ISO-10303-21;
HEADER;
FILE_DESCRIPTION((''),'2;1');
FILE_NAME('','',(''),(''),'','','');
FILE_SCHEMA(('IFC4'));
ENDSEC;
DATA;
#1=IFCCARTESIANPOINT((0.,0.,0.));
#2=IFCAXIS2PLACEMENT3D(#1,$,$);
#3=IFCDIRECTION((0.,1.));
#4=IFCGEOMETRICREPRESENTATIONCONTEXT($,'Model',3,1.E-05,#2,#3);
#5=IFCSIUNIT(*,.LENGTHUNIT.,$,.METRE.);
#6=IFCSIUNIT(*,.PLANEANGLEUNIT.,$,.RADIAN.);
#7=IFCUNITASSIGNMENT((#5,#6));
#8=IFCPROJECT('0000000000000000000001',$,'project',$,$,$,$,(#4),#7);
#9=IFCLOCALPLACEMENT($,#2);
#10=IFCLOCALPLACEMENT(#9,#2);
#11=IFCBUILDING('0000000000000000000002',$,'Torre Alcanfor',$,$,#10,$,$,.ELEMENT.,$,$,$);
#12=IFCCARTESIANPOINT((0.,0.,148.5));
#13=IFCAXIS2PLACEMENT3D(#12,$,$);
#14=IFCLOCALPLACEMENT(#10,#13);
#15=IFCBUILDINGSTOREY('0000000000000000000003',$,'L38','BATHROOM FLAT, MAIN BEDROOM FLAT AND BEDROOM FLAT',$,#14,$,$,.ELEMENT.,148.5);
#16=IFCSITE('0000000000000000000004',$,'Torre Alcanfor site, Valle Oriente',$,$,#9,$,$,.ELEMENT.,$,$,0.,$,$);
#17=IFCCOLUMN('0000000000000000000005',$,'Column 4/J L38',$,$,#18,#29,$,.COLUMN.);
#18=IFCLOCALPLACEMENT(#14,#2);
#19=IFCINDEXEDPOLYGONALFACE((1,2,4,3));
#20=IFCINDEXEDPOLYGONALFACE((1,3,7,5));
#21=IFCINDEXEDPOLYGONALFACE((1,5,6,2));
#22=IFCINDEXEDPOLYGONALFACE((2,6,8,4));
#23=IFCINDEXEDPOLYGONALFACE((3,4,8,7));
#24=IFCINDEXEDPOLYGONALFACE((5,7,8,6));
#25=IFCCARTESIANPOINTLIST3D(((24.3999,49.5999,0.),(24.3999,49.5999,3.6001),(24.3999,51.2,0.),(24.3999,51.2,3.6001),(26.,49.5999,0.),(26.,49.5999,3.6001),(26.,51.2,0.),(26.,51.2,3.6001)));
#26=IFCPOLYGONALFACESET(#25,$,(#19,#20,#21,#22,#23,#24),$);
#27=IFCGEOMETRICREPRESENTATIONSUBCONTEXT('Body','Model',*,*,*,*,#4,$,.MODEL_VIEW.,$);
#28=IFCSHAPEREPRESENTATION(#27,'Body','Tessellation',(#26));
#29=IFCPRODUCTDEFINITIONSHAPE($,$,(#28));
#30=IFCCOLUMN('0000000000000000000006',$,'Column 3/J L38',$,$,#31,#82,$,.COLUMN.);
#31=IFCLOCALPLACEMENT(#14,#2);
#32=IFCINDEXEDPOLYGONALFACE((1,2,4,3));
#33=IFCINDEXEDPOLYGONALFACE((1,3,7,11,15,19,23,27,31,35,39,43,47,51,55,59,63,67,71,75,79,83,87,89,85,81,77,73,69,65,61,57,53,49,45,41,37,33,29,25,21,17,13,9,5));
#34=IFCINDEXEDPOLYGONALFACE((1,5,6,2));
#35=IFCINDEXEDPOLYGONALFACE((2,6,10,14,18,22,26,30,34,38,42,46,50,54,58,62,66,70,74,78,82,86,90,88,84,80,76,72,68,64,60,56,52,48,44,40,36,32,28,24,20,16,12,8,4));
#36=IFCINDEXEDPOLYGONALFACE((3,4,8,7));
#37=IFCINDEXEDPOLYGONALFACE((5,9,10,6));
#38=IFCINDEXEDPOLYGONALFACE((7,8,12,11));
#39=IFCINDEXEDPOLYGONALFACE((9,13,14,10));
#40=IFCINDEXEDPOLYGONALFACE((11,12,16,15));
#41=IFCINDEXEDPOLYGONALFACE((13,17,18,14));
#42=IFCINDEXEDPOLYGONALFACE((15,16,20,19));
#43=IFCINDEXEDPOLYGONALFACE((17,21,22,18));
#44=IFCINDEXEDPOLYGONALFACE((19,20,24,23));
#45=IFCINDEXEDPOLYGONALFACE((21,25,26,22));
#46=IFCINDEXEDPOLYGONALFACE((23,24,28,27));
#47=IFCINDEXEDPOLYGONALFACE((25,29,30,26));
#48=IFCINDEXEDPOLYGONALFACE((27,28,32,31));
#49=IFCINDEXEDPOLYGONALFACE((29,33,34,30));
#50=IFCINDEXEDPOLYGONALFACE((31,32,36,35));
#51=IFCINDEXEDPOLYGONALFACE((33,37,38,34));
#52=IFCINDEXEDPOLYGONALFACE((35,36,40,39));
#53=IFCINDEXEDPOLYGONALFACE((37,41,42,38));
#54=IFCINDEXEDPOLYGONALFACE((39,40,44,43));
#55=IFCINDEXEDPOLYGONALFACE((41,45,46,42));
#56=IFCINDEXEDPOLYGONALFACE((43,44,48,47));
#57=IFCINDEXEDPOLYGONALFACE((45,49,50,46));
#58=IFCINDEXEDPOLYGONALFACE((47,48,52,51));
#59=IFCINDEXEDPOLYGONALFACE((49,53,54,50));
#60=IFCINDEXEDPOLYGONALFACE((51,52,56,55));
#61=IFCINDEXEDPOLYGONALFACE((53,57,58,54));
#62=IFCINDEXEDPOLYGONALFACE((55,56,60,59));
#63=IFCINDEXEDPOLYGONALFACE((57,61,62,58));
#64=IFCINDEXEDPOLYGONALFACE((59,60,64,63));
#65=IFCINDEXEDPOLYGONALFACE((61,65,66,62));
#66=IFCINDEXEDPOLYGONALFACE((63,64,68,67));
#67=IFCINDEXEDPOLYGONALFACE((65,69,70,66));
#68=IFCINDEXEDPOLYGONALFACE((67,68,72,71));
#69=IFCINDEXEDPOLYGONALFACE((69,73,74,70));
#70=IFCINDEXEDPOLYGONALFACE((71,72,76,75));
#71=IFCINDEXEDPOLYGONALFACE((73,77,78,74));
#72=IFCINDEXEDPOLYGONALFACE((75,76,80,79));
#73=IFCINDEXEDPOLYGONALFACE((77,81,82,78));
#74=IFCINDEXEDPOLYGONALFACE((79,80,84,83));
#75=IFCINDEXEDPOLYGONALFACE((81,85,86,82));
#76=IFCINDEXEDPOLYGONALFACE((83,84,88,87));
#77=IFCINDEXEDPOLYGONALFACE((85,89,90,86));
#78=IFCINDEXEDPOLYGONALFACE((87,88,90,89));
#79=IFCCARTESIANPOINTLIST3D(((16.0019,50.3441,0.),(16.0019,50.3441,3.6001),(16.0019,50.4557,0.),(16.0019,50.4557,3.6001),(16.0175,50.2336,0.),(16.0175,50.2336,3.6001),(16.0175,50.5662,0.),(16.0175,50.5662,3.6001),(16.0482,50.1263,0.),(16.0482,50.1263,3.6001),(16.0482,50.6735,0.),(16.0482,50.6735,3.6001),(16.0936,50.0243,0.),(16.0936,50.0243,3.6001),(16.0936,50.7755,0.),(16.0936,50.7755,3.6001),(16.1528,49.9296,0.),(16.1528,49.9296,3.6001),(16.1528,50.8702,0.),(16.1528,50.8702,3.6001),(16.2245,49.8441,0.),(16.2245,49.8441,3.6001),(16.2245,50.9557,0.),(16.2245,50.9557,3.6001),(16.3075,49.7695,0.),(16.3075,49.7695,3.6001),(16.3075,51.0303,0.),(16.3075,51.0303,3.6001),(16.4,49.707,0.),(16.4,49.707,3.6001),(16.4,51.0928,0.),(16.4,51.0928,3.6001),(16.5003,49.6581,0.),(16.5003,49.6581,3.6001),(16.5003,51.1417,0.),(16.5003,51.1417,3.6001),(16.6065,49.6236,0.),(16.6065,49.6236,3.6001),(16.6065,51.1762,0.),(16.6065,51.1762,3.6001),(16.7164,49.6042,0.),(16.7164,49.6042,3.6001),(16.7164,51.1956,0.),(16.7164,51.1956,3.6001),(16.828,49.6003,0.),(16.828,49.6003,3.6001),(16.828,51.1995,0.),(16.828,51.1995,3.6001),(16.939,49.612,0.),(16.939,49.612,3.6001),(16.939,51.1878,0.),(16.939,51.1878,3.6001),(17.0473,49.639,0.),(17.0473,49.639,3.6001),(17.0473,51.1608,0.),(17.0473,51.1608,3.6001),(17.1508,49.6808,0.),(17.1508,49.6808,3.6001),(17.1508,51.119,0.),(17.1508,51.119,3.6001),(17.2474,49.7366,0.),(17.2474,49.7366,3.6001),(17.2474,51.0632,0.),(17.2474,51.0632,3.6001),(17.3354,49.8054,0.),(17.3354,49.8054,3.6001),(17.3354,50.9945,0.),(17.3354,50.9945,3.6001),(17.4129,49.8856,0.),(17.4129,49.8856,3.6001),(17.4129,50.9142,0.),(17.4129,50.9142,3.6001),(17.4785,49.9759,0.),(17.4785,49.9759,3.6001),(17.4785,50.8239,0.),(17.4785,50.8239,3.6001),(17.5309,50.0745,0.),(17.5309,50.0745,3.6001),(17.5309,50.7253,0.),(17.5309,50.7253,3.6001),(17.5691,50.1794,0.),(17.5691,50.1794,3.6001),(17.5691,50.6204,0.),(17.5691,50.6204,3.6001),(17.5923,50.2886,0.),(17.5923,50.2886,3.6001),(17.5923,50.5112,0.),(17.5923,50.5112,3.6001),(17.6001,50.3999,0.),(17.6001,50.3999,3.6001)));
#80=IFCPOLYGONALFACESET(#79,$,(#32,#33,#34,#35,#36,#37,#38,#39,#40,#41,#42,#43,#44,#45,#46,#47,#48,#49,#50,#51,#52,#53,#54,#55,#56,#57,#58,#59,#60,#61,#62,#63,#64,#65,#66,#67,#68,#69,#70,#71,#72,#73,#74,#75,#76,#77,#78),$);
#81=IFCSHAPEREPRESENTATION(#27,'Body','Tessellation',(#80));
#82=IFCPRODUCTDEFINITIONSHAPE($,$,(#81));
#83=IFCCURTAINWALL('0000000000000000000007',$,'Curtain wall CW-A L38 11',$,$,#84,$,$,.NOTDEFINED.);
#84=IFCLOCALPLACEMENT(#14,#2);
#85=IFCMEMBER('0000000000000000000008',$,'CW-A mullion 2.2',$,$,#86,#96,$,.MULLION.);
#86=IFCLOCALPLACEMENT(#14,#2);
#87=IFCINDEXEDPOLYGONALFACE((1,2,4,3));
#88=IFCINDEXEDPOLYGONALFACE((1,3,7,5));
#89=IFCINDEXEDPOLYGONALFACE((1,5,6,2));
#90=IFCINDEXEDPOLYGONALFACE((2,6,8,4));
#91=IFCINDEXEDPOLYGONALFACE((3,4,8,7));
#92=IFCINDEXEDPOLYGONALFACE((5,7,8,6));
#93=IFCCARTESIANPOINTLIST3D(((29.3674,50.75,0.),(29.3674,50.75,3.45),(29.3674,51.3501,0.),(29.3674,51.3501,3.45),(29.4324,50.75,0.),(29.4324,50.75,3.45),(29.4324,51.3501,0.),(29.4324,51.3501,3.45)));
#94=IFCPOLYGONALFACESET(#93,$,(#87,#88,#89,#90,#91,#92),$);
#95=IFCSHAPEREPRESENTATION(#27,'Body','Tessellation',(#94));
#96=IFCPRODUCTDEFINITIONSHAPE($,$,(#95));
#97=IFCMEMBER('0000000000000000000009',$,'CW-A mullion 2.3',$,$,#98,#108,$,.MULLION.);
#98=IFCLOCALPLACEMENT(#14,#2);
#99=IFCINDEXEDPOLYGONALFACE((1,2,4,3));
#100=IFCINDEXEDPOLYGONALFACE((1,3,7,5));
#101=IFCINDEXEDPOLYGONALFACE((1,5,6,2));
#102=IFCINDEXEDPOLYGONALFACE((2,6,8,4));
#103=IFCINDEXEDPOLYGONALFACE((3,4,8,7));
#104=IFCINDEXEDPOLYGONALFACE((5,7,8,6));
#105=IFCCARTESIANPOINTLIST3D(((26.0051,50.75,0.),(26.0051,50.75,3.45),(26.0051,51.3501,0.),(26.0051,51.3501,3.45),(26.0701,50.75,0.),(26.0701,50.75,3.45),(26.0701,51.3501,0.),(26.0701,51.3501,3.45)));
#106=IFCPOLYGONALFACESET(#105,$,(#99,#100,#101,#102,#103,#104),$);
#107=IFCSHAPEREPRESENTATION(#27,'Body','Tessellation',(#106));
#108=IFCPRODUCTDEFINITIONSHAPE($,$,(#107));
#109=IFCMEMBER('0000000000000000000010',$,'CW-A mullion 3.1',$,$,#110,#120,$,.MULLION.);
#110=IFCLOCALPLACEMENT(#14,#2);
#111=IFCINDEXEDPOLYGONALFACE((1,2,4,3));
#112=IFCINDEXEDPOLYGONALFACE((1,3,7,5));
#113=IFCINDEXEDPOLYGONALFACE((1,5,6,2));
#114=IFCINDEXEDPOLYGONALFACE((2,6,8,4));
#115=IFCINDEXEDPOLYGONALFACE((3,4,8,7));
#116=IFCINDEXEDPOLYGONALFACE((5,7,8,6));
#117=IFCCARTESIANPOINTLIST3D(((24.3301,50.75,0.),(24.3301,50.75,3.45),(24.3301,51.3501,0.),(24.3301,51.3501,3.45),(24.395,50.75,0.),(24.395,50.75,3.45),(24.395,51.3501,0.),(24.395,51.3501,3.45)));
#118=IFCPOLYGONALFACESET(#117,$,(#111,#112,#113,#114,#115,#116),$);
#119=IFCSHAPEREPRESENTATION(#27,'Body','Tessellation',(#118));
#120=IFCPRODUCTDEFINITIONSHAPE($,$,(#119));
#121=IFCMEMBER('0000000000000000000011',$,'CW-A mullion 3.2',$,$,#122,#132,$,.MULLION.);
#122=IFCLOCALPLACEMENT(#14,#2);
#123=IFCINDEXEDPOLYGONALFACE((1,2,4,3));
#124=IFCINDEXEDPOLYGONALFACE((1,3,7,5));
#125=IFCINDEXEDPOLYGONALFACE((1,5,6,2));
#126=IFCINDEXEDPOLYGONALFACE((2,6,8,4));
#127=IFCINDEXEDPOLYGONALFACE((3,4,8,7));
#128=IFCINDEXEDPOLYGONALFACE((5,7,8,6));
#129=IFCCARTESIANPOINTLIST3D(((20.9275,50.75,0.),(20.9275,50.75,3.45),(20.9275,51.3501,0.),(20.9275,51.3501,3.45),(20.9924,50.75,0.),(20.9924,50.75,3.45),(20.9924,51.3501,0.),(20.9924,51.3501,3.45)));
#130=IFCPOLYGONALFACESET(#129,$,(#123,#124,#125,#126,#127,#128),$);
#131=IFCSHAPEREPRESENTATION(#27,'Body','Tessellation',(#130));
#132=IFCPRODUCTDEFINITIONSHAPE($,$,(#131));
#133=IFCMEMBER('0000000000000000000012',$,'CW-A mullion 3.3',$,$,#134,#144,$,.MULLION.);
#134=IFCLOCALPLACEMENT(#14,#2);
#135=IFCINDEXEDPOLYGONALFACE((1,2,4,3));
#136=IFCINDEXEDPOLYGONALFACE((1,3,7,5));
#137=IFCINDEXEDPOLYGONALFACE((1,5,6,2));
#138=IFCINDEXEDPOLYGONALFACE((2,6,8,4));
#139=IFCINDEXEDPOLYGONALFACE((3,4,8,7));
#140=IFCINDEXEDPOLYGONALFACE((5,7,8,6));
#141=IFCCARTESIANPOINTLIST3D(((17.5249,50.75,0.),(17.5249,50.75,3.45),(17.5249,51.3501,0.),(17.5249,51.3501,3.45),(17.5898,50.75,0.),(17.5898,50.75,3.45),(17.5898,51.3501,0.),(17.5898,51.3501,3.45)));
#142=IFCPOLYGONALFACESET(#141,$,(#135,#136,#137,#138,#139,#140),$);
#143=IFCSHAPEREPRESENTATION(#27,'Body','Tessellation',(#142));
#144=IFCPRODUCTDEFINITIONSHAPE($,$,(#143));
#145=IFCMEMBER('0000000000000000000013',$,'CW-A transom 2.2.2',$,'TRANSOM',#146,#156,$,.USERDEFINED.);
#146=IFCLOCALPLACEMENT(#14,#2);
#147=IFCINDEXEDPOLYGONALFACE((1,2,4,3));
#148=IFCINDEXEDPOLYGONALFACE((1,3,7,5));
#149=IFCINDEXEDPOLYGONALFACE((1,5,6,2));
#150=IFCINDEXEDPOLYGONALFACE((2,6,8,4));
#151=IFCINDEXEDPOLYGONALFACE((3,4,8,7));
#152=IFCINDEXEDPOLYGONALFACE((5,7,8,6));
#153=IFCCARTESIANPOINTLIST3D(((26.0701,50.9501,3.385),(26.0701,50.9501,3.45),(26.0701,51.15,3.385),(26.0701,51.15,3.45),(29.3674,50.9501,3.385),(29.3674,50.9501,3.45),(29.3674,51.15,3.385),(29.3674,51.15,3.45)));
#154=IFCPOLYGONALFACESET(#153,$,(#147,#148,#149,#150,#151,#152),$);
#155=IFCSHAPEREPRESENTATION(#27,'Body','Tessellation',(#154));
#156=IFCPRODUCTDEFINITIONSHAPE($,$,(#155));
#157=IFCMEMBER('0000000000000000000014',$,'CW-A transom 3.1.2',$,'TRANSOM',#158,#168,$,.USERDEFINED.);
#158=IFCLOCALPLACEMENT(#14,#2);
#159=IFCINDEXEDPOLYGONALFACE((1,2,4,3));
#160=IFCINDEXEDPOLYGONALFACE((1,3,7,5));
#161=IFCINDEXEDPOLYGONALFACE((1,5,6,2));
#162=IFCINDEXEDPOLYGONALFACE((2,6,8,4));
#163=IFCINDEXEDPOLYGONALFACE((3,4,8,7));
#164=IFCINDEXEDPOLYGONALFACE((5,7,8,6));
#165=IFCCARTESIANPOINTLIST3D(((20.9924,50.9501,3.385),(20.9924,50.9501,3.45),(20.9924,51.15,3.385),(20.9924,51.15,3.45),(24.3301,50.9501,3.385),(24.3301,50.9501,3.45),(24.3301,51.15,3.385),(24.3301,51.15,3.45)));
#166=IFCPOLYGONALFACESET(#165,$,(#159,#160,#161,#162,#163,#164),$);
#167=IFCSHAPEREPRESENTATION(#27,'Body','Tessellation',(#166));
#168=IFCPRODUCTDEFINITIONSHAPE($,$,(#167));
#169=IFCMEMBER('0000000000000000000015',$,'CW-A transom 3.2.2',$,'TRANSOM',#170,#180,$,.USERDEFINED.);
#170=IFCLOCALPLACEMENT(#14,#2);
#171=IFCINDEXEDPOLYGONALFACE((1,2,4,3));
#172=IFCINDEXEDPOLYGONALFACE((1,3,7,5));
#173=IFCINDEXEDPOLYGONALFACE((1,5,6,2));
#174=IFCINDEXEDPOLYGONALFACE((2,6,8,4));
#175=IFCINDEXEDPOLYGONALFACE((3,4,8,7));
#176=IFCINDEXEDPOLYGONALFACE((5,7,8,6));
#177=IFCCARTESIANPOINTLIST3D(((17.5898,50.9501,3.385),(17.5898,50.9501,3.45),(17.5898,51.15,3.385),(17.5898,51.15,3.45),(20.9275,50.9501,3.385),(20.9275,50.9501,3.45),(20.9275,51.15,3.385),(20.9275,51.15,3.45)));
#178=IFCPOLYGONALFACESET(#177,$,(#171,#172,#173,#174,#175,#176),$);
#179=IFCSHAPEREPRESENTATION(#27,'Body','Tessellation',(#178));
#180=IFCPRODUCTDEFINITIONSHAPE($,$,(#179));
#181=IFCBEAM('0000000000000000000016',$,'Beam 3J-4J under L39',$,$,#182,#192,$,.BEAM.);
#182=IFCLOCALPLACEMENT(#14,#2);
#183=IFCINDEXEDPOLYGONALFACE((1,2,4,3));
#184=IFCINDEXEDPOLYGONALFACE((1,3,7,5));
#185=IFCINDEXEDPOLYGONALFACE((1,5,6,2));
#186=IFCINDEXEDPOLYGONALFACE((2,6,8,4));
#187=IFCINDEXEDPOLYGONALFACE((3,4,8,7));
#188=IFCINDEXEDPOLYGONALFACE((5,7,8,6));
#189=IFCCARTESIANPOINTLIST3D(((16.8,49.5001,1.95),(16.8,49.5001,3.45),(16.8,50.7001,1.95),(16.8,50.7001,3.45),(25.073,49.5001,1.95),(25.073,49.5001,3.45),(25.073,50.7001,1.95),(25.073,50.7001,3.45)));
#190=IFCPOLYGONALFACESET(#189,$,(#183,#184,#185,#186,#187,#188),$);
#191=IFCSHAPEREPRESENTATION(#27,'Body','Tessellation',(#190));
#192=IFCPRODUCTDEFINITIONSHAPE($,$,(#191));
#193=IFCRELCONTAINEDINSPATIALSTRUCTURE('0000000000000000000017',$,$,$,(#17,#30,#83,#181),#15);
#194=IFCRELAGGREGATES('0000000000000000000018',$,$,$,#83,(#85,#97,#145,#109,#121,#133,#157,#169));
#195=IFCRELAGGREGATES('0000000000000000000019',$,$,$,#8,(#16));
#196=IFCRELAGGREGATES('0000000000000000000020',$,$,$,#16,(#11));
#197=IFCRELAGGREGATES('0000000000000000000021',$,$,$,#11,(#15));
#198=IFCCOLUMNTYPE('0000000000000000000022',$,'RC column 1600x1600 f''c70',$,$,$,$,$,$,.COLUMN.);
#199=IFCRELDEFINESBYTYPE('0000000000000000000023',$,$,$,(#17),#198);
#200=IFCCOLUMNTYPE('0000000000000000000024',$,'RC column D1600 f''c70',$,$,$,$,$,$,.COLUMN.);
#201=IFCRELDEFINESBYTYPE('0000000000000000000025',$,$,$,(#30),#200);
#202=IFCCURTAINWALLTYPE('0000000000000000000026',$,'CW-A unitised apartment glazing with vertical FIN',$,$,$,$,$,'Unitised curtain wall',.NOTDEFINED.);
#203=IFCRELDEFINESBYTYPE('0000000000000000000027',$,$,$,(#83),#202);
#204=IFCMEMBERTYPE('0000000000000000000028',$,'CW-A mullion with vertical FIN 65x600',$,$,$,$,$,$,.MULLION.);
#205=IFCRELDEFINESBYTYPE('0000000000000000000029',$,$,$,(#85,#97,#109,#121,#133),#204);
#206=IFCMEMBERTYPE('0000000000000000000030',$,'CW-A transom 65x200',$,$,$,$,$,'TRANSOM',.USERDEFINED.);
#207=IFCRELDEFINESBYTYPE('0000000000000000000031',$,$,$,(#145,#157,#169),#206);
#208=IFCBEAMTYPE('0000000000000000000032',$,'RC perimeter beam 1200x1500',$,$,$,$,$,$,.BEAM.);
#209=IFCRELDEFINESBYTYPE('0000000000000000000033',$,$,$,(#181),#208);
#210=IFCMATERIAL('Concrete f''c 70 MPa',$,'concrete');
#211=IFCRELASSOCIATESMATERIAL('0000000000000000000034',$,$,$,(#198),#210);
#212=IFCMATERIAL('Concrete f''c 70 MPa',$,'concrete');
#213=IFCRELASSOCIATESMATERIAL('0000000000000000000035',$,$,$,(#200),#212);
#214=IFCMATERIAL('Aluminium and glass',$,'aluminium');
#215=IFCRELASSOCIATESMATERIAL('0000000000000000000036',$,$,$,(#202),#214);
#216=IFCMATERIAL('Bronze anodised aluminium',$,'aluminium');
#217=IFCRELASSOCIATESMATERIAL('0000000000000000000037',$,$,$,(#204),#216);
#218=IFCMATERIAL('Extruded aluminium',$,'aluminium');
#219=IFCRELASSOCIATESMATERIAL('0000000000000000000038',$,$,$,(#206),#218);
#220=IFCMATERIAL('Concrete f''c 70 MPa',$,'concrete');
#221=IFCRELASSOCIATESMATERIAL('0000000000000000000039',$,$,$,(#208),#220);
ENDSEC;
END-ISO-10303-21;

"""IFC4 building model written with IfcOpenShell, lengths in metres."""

from ifc_helpers import new_model, si_unit, direction, frame, origin, origin_2d, place, context, subcontext, project, spatial, rectangle, circle, extrude, material, material_profile, profile_set, type_object, element, aggregate, save


model = new_model("IFC4")

# Units and contexts
model_context = context("Model", 3, precision=1e-05, world=origin(), true_north=direction((0.0, 1.0)))
body_context = subcontext(model_context, "Body", "Model", "MODEL_VIEW")
ifc_project = project(units=[si_unit("LENGTHUNIT", "METRE"), si_unit("PLANEANGLEUNIT", "RADIAN")], contexts=[model_context])

# Site, building, storey
site_placement = place(None, origin())
site = spatial("IfcSite", under=ifc_project, at=site_placement, Name="Torre Alcanfor site, Valle Oriente", CompositionType="ELEMENT", RefElevation=0.0)
building_placement = place(site_placement, origin())
building = spatial("IfcBuilding", under=site, at=building_placement, Name="Torre Alcanfor", CompositionType="ELEMENT")
storey_placement = place(building_placement, frame((0.0, 0.0, 148.5)))
storey = spatial("IfcBuildingStorey", under=building, at=storey_placement, Name="L38", Description="BATHROOM FLAT, MAIN BEDROOM FLAT AND BEDROOM FLAT", CompositionType="ELEMENT", Elevation=148.5)

# Columns
ifc_material_1 = material(Name="Concrete f'c 70 MPa", Category="concrete")
ifc_material_profile_1 = material_profile(ifc_material_1, rectangle(XDim=1.6001, YDim=1.6001, at=origin_2d()), Name="1600x1600")
ifc_profile_set_1 = profile_set([ifc_material_profile_1], Name="Concrete f'c 70 MPa")
column_type_1 = type_object("IfcColumnType", Name="RC column 1600x1600 f'c70", PredefinedType="COLUMN", material=ifc_profile_set_1)
column_1_placement = place(storey_placement, frame((25.2, 50.3999, 0.0), z_axis=(0.0, 0.0, 1.0), x_axis=(1.0, 0.0, 0.0)))
element("IfcColumn", 1, at=column_1_placement, inside=storey, type_object=column_type_1, Name="Column 4/J L38", PredefinedType="COLUMN", context=body_context, shape_type="SweptSolid", body=[
    extrude(rectangle(XDim=1.6001, YDim=1.6001, at=origin_2d()), origin(), (0.0, 0.0, 1.0), 3.6001),
])
ifc_material_2 = material(Name="Concrete f'c 70 MPa", Category="concrete")
ifc_material_profile_2 = material_profile(ifc_material_2, circle(Radius=0.8, at=origin_2d()), Name="D1600")
ifc_profile_set_2 = profile_set([ifc_material_profile_2], Name="Concrete f'c 70 MPa")
column_type_2 = type_object("IfcColumnType", Name="RC column D1600 f'c70", PredefinedType="COLUMN", material=ifc_profile_set_2)
column_2_placement = place(storey_placement, frame((16.8, 50.3999, 0.0), z_axis=(0.0, 0.0, 1.0), x_axis=(1.0, 0.0, 0.0)))
element("IfcColumn", 2, at=column_2_placement, inside=storey, type_object=column_type_2, Name="Column 3/J L38", PredefinedType="COLUMN", context=body_context, shape_type="SweptSolid", body=[
    extrude(circle(Radius=0.8, at=origin_2d()), origin(), (0.0, 0.0, 1.0), 3.6001),
])

# Curtain wall, members
ifc_material_3 = material(Name="Aluminium and glass", Category="aluminium")
curtain_wall_type = type_object("IfcCurtainWallType", Name="CW-A unitised apartment glazing with vertical FIN", ElementType="Unitised curtain wall", PredefinedType="NOTDEFINED", material=ifc_material_3)
curtain_wall_placement = place(storey_placement, origin())
curtain_wall = element("IfcCurtainWall", 3, at=curtain_wall_placement, inside=storey, type_object=curtain_wall_type, Name="Curtain wall CW-A L38 11", PredefinedType="NOTDEFINED")
ifc_material_4 = material(Name="Bronze anodised aluminium", Category="aluminium")
ifc_material_profile_3 = material_profile(ifc_material_4, rectangle(XDim=0.6001, YDim=0.0649, at=origin_2d()), Name="CW-A mullion 65x600")
ifc_profile_set_3 = profile_set([ifc_material_profile_3], Name="Bronze anodised aluminium")
member_type_1 = type_object("IfcMemberType", Name="CW-A mullion with vertical FIN 65x600", PredefinedType="MULLION", material=ifc_profile_set_3)
member_1_placement = place(storey_placement, frame((29.3999, 51.05, 0.0), z_axis=(0.0, 0.0, 1.0), x_axis=(0.0, -1.0, 0.0)))
member_1 = element("IfcMember", 4, at=member_1_placement, type_object=member_type_1, Name="CW-A mullion 2.2", PredefinedType="MULLION", context=body_context, shape_type="SweptSolid", body=[
    extrude(rectangle(XDim=0.6001, YDim=0.0649, at=origin_2d()), origin(), (0.0, 0.0, 1.0), 3.45),
])
member_2_placement = place(storey_placement, frame((26.0376, 51.05, 0.0), z_axis=(0.0, 0.0, 1.0), x_axis=(0.0, -1.0, 0.0)))
member_2 = element("IfcMember", 5, at=member_2_placement, type_object=member_type_1, Name="CW-A mullion 2.3", PredefinedType="MULLION", context=body_context, shape_type="SweptSolid", body=[
    extrude(rectangle(XDim=0.6001, YDim=0.0649, at=origin_2d()), origin(), (0.0, 0.0, 1.0), 3.45),
])
member_3_placement = place(storey_placement, frame((24.3625, 51.05, 0.0), z_axis=(0.0, 0.0, 1.0), x_axis=(0.0, -1.0, 0.0)))
member_3 = element("IfcMember", 6, at=member_3_placement, type_object=member_type_1, Name="CW-A mullion 3.1", PredefinedType="MULLION", context=body_context, shape_type="SweptSolid", body=[
    extrude(rectangle(XDim=0.6001, YDim=0.0649, at=origin_2d()), origin(), (0.0, 0.0, 1.0), 3.45),
])
member_4_placement = place(storey_placement, frame((20.96, 51.05, 0.0), z_axis=(0.0, 0.0, 1.0), x_axis=(0.0, -1.0, 0.0)))
member_4 = element("IfcMember", 7, at=member_4_placement, type_object=member_type_1, Name="CW-A mullion 3.2", PredefinedType="MULLION", context=body_context, shape_type="SweptSolid", body=[
    extrude(rectangle(XDim=0.6001, YDim=0.0649, at=origin_2d()), origin(), (0.0, 0.0, 1.0), 3.45),
])
member_5_placement = place(storey_placement, frame((17.5574, 51.05, 0.0), z_axis=(0.0, 0.0, 1.0), x_axis=(0.0, -1.0, 0.0)))
member_5 = element("IfcMember", 8, at=member_5_placement, type_object=member_type_1, Name="CW-A mullion 3.3", PredefinedType="MULLION", context=body_context, shape_type="SweptSolid", body=[
    extrude(rectangle(XDim=0.6001, YDim=0.0649, at=origin_2d()), origin(), (0.0, 0.0, 1.0), 3.45),
])
ifc_material_5 = material(Name="Extruded aluminium", Category="aluminium")
ifc_material_profile_4 = material_profile(ifc_material_5, rectangle(XDim=0.2, YDim=0.0649, at=origin_2d()), Name="CW-A transom 200x65")
ifc_profile_set_4 = profile_set([ifc_material_profile_4], Name="Extruded aluminium")
member_type_2 = type_object("IfcMemberType", Name="CW-A transom 65x200", ElementType="TRANSOM", PredefinedType="USERDEFINED", material=ifc_profile_set_4)
member_6_placement = place(storey_placement, frame((29.3674, 51.05, 3.4175), z_axis=(-1.0, 0.0, 0.0), x_axis=(0.0, -1.0, 0.0)))
member_6 = element("IfcMember", 9, at=member_6_placement, type_object=member_type_2, Name="CW-A transom 2.2.2", ObjectType="TRANSOM", PredefinedType="USERDEFINED", context=body_context, shape_type="SweptSolid", body=[
    extrude(rectangle(XDim=0.2, YDim=0.0649, at=origin_2d()), origin(), (0.0, 0.0, 1.0), 3.2974),
])
member_7_placement = place(storey_placement, frame((24.3301, 51.05, 3.4175), z_axis=(-1.0, 0.0, 0.0), x_axis=(0.0, -1.0, 0.0)))
member_7 = element("IfcMember", 10, at=member_7_placement, type_object=member_type_2, Name="CW-A transom 3.1.2", ObjectType="TRANSOM", PredefinedType="USERDEFINED", context=body_context, shape_type="SweptSolid", body=[
    extrude(rectangle(XDim=0.2, YDim=0.0649, at=origin_2d()), origin(), (0.0, 0.0, 1.0), 3.3376),
])
member_8_placement = place(storey_placement, frame((20.9275, 51.05, 3.4175), z_axis=(-1.0, 0.0, 0.0), x_axis=(0.0, -1.0, 0.0)))
member_8 = element("IfcMember", 11, at=member_8_placement, type_object=member_type_2, Name="CW-A transom 3.2.2", ObjectType="TRANSOM", PredefinedType="USERDEFINED", context=body_context, shape_type="SweptSolid", body=[
    extrude(rectangle(XDim=0.2, YDim=0.0649, at=origin_2d()), origin(), (0.0, 0.0, 1.0), 3.3376),
])

# Beam
ifc_material_6 = material(Name="Concrete f'c 70 MPa", Category="concrete")
ifc_material_profile_5 = material_profile(ifc_material_6, rectangle(XDim=1.2, YDim=1.5, at=origin_2d()), Name="1200x1500")
ifc_profile_set_5 = profile_set([ifc_material_profile_5], Name="Concrete f'c 70 MPa")
beam_type_1 = type_object("IfcBeamType", Name="RC perimeter beam 1200x1500", PredefinedType="BEAM", material=ifc_profile_set_5)
beam_1_placement = place(storey_placement, frame((16.8, 50.1001, 2.7), z_axis=(1.0, 0.0, 0.0), x_axis=(0.0, 1.0, 0.0)))
element("IfcBeam", 12, at=beam_1_placement, inside=storey, type_object=beam_type_1, Name="Beam 3J-4J under L39", PredefinedType="BEAM", context=body_context, shape_type="SweptSolid", body=[
    extrude(rectangle(XDim=1.2, YDim=1.5, at=origin_2d()), origin(), (0.0, 0.0, 1.0), 8.2729),
])

aggregate(curtain_wall, [member_1, member_2, member_6, member_3, member_4, member_5, member_7, member_8])

save(model, "model.ifc")
